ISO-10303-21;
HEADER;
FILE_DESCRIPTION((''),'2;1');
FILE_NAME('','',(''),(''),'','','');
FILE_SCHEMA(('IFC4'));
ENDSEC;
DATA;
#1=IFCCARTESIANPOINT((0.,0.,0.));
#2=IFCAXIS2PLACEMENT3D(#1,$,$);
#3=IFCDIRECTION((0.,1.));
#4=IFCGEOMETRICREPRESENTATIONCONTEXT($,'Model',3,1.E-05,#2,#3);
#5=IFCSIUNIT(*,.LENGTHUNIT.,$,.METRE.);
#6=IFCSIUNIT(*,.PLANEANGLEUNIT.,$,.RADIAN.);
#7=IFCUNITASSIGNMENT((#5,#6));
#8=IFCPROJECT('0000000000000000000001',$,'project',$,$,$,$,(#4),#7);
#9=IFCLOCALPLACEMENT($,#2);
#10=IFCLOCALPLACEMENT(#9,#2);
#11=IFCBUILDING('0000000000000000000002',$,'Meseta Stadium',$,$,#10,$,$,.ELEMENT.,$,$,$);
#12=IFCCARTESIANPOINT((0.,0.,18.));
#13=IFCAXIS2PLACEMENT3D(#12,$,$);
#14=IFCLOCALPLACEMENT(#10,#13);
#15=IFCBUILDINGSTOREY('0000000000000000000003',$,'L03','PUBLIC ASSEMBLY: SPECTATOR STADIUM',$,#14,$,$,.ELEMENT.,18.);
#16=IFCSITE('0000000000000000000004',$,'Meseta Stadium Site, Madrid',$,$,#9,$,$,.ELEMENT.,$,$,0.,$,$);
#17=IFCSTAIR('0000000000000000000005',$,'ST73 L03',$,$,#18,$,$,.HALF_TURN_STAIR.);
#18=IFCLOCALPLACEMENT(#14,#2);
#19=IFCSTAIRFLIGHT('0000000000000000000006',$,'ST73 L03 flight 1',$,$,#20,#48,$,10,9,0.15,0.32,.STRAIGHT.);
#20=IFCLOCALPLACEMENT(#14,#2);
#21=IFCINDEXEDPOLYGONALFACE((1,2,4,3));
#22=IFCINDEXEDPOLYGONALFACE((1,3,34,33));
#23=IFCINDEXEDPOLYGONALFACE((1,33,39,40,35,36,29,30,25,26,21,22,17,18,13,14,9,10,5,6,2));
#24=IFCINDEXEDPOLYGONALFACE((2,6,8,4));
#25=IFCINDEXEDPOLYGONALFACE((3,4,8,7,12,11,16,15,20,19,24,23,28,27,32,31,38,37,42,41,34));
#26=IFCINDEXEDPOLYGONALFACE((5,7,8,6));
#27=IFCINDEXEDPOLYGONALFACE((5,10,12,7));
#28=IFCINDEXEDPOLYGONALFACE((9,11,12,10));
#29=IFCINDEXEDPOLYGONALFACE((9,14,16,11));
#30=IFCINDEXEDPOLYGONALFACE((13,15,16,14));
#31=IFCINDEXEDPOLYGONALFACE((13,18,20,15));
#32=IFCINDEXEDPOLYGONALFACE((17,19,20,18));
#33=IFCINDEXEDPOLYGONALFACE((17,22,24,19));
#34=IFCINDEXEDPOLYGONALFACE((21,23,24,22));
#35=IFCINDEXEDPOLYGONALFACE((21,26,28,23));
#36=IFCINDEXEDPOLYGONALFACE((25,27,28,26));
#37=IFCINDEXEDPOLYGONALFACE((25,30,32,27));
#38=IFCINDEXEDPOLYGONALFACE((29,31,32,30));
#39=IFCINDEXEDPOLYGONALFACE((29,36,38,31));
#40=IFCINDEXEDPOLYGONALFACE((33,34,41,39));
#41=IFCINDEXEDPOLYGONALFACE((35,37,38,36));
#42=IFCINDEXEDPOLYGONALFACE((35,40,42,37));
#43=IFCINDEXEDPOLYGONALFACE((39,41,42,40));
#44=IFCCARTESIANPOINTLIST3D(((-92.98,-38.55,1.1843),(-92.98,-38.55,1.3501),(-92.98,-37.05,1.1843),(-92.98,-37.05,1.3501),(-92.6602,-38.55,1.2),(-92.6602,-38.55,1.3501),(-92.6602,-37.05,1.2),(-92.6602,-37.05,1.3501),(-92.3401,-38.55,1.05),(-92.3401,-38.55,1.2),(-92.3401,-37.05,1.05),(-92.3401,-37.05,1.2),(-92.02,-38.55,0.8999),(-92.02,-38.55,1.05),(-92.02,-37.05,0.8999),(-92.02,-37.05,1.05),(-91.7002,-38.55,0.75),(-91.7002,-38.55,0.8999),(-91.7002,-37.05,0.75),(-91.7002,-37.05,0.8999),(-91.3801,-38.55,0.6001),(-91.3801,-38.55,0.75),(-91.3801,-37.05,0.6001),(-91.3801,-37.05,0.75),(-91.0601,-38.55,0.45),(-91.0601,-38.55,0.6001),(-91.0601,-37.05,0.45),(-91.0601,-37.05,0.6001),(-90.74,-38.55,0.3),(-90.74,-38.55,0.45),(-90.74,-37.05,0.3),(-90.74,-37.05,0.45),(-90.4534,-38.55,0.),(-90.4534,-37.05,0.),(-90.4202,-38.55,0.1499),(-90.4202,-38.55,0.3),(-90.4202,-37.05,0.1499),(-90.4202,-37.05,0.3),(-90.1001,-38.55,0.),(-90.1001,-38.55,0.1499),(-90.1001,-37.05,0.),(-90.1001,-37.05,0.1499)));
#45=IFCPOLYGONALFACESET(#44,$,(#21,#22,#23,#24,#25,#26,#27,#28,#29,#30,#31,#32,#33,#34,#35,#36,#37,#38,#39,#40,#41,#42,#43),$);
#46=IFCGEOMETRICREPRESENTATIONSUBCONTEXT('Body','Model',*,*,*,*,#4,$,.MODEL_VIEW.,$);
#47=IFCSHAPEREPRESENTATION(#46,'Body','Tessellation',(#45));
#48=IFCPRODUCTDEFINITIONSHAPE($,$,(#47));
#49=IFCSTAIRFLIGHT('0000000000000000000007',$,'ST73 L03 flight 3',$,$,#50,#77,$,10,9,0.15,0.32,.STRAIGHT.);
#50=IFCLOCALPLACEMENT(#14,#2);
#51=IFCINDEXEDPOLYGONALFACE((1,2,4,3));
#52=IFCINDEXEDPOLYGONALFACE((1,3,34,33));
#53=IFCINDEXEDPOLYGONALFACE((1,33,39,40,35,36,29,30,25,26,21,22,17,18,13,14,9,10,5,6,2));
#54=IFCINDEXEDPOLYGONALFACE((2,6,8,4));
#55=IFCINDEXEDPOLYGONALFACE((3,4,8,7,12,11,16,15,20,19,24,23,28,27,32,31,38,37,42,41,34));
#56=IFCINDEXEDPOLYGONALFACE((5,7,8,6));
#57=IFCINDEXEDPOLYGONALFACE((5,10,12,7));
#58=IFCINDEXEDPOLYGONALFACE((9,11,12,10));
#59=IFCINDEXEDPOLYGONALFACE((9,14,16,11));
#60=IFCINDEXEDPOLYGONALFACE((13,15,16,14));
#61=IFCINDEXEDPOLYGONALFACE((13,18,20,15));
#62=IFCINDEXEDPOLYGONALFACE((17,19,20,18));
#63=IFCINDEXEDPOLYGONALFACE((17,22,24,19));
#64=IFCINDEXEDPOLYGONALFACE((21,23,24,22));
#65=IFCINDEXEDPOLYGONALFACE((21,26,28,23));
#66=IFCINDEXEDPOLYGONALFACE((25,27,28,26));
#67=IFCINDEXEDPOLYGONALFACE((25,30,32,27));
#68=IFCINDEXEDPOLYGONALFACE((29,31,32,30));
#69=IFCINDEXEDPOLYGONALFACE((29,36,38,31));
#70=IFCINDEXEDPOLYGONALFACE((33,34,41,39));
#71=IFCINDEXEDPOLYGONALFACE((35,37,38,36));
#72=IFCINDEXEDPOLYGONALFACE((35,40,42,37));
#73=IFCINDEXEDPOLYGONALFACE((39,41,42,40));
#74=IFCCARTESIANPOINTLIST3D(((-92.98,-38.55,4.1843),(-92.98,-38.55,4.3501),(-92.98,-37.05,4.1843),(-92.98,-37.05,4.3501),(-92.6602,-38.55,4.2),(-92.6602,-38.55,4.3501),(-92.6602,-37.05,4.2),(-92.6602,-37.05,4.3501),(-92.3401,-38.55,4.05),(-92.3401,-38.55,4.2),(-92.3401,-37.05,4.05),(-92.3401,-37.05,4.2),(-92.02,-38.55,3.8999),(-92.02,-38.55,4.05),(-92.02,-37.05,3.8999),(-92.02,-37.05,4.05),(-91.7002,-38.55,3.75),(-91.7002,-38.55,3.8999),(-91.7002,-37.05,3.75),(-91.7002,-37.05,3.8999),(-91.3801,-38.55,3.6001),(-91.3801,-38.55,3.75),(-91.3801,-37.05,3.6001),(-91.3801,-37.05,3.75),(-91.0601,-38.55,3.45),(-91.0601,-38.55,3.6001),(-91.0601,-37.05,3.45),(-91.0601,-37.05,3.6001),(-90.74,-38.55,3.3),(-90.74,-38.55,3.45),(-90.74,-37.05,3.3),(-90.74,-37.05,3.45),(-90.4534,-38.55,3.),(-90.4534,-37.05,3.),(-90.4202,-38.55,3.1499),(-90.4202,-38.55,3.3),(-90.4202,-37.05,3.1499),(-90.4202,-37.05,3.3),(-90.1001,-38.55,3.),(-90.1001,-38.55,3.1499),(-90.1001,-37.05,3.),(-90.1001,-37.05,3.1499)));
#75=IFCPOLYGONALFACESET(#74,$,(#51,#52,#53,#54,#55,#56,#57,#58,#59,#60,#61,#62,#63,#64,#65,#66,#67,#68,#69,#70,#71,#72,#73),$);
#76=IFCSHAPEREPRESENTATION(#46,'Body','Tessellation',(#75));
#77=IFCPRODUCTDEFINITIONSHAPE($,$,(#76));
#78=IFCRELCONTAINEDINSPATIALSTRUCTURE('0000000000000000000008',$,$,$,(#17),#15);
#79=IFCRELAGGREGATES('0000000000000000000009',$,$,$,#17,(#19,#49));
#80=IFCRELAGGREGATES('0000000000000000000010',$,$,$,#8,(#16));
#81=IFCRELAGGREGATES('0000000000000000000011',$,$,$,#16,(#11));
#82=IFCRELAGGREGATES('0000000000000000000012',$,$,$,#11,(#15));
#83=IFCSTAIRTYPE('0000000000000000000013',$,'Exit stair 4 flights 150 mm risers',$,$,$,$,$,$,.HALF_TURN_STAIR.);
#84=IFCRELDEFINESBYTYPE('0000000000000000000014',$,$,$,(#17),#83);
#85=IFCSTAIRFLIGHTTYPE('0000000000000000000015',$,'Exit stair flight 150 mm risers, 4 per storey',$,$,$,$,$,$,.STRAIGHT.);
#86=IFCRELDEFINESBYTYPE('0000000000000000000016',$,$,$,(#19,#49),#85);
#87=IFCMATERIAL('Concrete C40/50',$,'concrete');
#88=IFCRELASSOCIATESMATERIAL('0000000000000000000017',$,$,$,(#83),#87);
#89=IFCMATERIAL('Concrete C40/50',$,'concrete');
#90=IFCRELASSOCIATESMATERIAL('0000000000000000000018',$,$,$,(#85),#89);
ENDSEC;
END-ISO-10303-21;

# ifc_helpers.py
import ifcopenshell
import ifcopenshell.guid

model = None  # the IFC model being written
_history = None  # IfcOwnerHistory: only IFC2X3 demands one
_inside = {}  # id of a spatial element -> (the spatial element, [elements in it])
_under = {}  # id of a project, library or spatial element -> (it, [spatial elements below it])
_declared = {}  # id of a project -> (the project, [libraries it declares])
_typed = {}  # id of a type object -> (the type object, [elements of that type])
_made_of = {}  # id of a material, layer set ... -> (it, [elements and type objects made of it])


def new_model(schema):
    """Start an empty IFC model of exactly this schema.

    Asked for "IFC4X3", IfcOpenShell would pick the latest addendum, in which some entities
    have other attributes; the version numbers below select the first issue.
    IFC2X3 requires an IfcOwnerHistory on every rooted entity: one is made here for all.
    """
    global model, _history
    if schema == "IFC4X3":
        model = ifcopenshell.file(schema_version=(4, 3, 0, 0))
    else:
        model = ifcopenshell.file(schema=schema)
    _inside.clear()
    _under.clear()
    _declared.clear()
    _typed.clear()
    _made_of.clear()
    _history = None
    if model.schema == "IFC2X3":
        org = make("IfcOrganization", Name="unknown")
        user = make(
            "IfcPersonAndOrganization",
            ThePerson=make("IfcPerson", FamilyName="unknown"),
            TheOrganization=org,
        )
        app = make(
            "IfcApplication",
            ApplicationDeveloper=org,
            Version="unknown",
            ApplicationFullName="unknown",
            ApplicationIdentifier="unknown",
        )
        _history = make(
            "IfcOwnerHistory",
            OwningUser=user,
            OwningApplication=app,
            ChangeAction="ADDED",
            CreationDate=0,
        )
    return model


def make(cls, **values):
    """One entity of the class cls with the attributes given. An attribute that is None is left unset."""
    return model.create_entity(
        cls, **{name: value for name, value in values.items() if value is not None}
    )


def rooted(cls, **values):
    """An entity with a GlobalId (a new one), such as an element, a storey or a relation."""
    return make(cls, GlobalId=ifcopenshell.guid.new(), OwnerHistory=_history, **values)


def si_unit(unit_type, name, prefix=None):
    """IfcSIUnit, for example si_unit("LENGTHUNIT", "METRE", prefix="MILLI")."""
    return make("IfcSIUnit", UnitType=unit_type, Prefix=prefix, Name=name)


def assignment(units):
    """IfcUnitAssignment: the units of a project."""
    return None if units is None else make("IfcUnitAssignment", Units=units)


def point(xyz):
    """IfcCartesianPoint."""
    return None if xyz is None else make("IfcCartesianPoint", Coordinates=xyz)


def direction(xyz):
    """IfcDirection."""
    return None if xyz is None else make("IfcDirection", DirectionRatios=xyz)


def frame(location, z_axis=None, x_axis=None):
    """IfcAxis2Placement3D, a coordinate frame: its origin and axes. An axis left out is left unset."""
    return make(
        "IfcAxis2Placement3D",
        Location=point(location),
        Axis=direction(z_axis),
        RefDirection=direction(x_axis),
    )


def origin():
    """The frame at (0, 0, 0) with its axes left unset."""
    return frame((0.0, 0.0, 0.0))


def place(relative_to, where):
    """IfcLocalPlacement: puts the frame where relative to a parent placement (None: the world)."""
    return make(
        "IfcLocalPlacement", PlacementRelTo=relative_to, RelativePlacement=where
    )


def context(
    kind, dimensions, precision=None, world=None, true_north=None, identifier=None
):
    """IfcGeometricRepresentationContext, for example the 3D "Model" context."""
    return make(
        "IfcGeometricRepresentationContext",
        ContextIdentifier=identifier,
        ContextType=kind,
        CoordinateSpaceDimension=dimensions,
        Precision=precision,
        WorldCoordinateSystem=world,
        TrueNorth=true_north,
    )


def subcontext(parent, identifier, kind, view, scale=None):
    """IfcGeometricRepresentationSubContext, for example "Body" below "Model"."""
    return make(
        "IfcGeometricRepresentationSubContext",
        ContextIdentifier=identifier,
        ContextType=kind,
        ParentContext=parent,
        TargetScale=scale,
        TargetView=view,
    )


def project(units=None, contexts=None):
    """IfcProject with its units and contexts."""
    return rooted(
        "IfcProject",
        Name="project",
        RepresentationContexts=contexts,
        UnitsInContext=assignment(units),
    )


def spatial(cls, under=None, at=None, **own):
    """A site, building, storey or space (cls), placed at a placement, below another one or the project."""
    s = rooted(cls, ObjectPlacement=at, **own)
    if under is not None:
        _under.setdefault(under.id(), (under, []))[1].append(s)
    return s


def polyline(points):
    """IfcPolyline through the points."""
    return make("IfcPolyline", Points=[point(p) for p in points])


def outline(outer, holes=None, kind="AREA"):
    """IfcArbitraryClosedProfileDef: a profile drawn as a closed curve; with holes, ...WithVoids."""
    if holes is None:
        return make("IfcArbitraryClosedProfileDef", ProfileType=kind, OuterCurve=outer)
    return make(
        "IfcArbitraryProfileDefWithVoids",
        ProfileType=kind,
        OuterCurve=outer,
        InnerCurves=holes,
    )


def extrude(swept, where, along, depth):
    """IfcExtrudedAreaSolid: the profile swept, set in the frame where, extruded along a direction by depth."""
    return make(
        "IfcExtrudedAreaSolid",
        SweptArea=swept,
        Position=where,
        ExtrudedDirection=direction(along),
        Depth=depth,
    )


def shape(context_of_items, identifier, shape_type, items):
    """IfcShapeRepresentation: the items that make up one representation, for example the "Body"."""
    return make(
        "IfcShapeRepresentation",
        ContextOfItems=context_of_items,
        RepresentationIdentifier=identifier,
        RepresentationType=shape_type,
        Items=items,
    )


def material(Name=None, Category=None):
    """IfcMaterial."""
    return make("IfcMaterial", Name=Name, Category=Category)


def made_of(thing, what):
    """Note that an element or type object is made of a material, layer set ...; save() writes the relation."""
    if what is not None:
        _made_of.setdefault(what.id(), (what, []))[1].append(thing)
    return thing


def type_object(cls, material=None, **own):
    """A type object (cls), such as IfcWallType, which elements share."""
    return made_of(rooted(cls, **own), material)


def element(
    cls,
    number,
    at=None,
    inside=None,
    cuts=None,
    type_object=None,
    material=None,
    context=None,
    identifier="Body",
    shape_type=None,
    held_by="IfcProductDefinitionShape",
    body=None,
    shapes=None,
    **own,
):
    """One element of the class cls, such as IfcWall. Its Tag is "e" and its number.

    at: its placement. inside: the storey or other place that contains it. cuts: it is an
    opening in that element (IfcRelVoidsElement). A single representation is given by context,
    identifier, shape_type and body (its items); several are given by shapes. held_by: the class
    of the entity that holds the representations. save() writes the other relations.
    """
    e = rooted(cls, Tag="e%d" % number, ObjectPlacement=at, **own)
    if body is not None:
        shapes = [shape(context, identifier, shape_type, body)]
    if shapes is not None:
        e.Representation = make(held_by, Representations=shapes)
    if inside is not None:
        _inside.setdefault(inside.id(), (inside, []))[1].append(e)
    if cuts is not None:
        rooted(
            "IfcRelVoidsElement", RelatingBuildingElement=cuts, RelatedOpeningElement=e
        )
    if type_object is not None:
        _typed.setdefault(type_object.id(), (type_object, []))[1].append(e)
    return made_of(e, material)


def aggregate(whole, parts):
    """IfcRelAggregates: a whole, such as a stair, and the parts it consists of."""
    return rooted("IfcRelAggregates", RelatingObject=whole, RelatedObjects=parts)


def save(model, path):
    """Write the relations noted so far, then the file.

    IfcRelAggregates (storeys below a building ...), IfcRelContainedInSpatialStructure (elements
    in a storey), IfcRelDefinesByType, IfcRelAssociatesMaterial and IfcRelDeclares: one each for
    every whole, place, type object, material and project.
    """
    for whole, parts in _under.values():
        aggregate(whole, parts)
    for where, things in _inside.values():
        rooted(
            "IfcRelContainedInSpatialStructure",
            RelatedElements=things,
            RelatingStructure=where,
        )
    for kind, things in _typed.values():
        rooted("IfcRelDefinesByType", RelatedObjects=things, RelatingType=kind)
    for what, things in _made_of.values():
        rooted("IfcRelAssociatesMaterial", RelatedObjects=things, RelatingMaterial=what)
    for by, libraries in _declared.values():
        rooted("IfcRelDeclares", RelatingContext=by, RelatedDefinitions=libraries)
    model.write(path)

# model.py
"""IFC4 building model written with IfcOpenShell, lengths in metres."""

from ifc_helpers import new_model, si_unit, direction, frame, origin, place, context, subcontext, project, spatial, polyline, outline, extrude, material, type_object, element, aggregate, save


model = new_model("IFC4")

# Units and contexts
model_context = context("Model", 3, precision=1e-05, world=origin(), true_north=direction((0.0, 1.0)))
body_context = subcontext(model_context, "Body", "Model", "MODEL_VIEW")
ifc_project = project(units=[si_unit("LENGTHUNIT", "METRE"), si_unit("PLANEANGLEUNIT", "RADIAN")], contexts=[model_context])

# Site, building, storey
site_placement = place(None, origin())
site = spatial("IfcSite", under=ifc_project, at=site_placement, Name="Meseta Stadium Site, Madrid", CompositionType="ELEMENT", RefElevation=0.0)
building_placement = place(site_placement, origin())
building = spatial("IfcBuilding", under=site, at=building_placement, Name="Meseta Stadium", CompositionType="ELEMENT")
storey_placement = place(building_placement, frame((0.0, 0.0, 18.0)))
storey = spatial("IfcBuildingStorey", under=building, at=storey_placement, Name="L03", Description="PUBLIC ASSEMBLY: SPECTATOR STADIUM", CompositionType="ELEMENT", Elevation=18.0)

# Stair, stair flights
ifc_material_1 = material(Name="Concrete C40/50", Category="concrete")
stair_type = type_object("IfcStairType", Name="Exit stair 4 flights 150 mm risers", PredefinedType="HALF_TURN_STAIR", material=ifc_material_1)
stair_placement = place(storey_placement, origin())
stair = element("IfcStair", 1, at=stair_placement, inside=storey, type_object=stair_type, Name="ST73 L03", PredefinedType="HALF_TURN_STAIR")
ifc_material_2 = material(Name="Concrete C40/50", Category="concrete")
stair_flight_type = type_object("IfcStairFlightType", Name="Exit stair flight 150 mm risers, 4 per storey", PredefinedType="STRAIGHT", material=ifc_material_2)
stair_flight_1_placement = place(storey_placement, frame((-90.1001, -37.8, 0.0), z_axis=(0.0, 0.0, 1.0), x_axis=(-1.0, 0.0, 0.0)))
stair_flight_1 = element("IfcStairFlight", 2, at=stair_flight_1_placement, type_object=stair_flight_type, Name="ST73 L03 flight 1", NumberOfRisers=10, NumberOfTreads=9, PredefinedType="STRAIGHT", RiserHeight=0.15, TreadLength=0.32, context=body_context, shape_type="SweptSolid", body=[
    extrude(outline(polyline([(0.0, 0.0), (0.0, 0.1499), (0.3201, 0.1499), (0.3201, 0.3), (0.6399, 0.3), (0.6399, 0.45), (0.96, 0.45), (0.96, 0.6001), (1.28, 0.6001), (1.28, 0.75), (1.6001, 0.75), (1.6001, 0.8999), (1.9199, 0.8999), (1.9199, 1.05), (2.24, 1.05), (2.24, 1.2), (2.5601, 1.2), (2.5601, 1.3501), (2.8799, 1.3501), (2.8799, 1.1843), (0.3533, 0.0), (0.0, 0.0)])), frame((0.0, 0.75, 0.0), z_axis=(0.0, -1.0, 0.0), x_axis=(1.0, 0.0, 0.0)), (0.0, 0.0, 1.0), 1.5),
])
stair_flight_2_placement = place(storey_placement, frame((-90.1001, -37.8, 3.0), z_axis=(0.0, 0.0, 1.0), x_axis=(-1.0, 0.0, 0.0)))
stair_flight_2 = element("IfcStairFlight", 3, at=stair_flight_2_placement, type_object=stair_flight_type, Name="ST73 L03 flight 3", NumberOfRisers=10, NumberOfTreads=9, PredefinedType="STRAIGHT", RiserHeight=0.15, TreadLength=0.32, context=body_context, shape_type="SweptSolid", body=[
    extrude(outline(polyline([(0.0, 0.0), (0.0, 0.1499), (0.3201, 0.1499), (0.3201, 0.3), (0.6399, 0.3), (0.6399, 0.45), (0.96, 0.45), (0.96, 0.6001), (1.28, 0.6001), (1.28, 0.75), (1.6001, 0.75), (1.6001, 0.8999), (1.9199, 0.8999), (1.9199, 1.05), (2.24, 1.05), (2.24, 1.2), (2.5601, 1.2), (2.5601, 1.3501), (2.8799, 1.3501), (2.8799, 1.1843), (0.3533, 0.0), (0.0, 0.0)])), frame((0.0, 0.75, 0.0), z_axis=(0.0, -1.0, 0.0), x_axis=(1.0, 0.0, 0.0)), (0.0, 0.0, 1.0), 1.5),
])
aggregate(stair, [stair_flight_1, stair_flight_2])

save(model, "model.ifc")
